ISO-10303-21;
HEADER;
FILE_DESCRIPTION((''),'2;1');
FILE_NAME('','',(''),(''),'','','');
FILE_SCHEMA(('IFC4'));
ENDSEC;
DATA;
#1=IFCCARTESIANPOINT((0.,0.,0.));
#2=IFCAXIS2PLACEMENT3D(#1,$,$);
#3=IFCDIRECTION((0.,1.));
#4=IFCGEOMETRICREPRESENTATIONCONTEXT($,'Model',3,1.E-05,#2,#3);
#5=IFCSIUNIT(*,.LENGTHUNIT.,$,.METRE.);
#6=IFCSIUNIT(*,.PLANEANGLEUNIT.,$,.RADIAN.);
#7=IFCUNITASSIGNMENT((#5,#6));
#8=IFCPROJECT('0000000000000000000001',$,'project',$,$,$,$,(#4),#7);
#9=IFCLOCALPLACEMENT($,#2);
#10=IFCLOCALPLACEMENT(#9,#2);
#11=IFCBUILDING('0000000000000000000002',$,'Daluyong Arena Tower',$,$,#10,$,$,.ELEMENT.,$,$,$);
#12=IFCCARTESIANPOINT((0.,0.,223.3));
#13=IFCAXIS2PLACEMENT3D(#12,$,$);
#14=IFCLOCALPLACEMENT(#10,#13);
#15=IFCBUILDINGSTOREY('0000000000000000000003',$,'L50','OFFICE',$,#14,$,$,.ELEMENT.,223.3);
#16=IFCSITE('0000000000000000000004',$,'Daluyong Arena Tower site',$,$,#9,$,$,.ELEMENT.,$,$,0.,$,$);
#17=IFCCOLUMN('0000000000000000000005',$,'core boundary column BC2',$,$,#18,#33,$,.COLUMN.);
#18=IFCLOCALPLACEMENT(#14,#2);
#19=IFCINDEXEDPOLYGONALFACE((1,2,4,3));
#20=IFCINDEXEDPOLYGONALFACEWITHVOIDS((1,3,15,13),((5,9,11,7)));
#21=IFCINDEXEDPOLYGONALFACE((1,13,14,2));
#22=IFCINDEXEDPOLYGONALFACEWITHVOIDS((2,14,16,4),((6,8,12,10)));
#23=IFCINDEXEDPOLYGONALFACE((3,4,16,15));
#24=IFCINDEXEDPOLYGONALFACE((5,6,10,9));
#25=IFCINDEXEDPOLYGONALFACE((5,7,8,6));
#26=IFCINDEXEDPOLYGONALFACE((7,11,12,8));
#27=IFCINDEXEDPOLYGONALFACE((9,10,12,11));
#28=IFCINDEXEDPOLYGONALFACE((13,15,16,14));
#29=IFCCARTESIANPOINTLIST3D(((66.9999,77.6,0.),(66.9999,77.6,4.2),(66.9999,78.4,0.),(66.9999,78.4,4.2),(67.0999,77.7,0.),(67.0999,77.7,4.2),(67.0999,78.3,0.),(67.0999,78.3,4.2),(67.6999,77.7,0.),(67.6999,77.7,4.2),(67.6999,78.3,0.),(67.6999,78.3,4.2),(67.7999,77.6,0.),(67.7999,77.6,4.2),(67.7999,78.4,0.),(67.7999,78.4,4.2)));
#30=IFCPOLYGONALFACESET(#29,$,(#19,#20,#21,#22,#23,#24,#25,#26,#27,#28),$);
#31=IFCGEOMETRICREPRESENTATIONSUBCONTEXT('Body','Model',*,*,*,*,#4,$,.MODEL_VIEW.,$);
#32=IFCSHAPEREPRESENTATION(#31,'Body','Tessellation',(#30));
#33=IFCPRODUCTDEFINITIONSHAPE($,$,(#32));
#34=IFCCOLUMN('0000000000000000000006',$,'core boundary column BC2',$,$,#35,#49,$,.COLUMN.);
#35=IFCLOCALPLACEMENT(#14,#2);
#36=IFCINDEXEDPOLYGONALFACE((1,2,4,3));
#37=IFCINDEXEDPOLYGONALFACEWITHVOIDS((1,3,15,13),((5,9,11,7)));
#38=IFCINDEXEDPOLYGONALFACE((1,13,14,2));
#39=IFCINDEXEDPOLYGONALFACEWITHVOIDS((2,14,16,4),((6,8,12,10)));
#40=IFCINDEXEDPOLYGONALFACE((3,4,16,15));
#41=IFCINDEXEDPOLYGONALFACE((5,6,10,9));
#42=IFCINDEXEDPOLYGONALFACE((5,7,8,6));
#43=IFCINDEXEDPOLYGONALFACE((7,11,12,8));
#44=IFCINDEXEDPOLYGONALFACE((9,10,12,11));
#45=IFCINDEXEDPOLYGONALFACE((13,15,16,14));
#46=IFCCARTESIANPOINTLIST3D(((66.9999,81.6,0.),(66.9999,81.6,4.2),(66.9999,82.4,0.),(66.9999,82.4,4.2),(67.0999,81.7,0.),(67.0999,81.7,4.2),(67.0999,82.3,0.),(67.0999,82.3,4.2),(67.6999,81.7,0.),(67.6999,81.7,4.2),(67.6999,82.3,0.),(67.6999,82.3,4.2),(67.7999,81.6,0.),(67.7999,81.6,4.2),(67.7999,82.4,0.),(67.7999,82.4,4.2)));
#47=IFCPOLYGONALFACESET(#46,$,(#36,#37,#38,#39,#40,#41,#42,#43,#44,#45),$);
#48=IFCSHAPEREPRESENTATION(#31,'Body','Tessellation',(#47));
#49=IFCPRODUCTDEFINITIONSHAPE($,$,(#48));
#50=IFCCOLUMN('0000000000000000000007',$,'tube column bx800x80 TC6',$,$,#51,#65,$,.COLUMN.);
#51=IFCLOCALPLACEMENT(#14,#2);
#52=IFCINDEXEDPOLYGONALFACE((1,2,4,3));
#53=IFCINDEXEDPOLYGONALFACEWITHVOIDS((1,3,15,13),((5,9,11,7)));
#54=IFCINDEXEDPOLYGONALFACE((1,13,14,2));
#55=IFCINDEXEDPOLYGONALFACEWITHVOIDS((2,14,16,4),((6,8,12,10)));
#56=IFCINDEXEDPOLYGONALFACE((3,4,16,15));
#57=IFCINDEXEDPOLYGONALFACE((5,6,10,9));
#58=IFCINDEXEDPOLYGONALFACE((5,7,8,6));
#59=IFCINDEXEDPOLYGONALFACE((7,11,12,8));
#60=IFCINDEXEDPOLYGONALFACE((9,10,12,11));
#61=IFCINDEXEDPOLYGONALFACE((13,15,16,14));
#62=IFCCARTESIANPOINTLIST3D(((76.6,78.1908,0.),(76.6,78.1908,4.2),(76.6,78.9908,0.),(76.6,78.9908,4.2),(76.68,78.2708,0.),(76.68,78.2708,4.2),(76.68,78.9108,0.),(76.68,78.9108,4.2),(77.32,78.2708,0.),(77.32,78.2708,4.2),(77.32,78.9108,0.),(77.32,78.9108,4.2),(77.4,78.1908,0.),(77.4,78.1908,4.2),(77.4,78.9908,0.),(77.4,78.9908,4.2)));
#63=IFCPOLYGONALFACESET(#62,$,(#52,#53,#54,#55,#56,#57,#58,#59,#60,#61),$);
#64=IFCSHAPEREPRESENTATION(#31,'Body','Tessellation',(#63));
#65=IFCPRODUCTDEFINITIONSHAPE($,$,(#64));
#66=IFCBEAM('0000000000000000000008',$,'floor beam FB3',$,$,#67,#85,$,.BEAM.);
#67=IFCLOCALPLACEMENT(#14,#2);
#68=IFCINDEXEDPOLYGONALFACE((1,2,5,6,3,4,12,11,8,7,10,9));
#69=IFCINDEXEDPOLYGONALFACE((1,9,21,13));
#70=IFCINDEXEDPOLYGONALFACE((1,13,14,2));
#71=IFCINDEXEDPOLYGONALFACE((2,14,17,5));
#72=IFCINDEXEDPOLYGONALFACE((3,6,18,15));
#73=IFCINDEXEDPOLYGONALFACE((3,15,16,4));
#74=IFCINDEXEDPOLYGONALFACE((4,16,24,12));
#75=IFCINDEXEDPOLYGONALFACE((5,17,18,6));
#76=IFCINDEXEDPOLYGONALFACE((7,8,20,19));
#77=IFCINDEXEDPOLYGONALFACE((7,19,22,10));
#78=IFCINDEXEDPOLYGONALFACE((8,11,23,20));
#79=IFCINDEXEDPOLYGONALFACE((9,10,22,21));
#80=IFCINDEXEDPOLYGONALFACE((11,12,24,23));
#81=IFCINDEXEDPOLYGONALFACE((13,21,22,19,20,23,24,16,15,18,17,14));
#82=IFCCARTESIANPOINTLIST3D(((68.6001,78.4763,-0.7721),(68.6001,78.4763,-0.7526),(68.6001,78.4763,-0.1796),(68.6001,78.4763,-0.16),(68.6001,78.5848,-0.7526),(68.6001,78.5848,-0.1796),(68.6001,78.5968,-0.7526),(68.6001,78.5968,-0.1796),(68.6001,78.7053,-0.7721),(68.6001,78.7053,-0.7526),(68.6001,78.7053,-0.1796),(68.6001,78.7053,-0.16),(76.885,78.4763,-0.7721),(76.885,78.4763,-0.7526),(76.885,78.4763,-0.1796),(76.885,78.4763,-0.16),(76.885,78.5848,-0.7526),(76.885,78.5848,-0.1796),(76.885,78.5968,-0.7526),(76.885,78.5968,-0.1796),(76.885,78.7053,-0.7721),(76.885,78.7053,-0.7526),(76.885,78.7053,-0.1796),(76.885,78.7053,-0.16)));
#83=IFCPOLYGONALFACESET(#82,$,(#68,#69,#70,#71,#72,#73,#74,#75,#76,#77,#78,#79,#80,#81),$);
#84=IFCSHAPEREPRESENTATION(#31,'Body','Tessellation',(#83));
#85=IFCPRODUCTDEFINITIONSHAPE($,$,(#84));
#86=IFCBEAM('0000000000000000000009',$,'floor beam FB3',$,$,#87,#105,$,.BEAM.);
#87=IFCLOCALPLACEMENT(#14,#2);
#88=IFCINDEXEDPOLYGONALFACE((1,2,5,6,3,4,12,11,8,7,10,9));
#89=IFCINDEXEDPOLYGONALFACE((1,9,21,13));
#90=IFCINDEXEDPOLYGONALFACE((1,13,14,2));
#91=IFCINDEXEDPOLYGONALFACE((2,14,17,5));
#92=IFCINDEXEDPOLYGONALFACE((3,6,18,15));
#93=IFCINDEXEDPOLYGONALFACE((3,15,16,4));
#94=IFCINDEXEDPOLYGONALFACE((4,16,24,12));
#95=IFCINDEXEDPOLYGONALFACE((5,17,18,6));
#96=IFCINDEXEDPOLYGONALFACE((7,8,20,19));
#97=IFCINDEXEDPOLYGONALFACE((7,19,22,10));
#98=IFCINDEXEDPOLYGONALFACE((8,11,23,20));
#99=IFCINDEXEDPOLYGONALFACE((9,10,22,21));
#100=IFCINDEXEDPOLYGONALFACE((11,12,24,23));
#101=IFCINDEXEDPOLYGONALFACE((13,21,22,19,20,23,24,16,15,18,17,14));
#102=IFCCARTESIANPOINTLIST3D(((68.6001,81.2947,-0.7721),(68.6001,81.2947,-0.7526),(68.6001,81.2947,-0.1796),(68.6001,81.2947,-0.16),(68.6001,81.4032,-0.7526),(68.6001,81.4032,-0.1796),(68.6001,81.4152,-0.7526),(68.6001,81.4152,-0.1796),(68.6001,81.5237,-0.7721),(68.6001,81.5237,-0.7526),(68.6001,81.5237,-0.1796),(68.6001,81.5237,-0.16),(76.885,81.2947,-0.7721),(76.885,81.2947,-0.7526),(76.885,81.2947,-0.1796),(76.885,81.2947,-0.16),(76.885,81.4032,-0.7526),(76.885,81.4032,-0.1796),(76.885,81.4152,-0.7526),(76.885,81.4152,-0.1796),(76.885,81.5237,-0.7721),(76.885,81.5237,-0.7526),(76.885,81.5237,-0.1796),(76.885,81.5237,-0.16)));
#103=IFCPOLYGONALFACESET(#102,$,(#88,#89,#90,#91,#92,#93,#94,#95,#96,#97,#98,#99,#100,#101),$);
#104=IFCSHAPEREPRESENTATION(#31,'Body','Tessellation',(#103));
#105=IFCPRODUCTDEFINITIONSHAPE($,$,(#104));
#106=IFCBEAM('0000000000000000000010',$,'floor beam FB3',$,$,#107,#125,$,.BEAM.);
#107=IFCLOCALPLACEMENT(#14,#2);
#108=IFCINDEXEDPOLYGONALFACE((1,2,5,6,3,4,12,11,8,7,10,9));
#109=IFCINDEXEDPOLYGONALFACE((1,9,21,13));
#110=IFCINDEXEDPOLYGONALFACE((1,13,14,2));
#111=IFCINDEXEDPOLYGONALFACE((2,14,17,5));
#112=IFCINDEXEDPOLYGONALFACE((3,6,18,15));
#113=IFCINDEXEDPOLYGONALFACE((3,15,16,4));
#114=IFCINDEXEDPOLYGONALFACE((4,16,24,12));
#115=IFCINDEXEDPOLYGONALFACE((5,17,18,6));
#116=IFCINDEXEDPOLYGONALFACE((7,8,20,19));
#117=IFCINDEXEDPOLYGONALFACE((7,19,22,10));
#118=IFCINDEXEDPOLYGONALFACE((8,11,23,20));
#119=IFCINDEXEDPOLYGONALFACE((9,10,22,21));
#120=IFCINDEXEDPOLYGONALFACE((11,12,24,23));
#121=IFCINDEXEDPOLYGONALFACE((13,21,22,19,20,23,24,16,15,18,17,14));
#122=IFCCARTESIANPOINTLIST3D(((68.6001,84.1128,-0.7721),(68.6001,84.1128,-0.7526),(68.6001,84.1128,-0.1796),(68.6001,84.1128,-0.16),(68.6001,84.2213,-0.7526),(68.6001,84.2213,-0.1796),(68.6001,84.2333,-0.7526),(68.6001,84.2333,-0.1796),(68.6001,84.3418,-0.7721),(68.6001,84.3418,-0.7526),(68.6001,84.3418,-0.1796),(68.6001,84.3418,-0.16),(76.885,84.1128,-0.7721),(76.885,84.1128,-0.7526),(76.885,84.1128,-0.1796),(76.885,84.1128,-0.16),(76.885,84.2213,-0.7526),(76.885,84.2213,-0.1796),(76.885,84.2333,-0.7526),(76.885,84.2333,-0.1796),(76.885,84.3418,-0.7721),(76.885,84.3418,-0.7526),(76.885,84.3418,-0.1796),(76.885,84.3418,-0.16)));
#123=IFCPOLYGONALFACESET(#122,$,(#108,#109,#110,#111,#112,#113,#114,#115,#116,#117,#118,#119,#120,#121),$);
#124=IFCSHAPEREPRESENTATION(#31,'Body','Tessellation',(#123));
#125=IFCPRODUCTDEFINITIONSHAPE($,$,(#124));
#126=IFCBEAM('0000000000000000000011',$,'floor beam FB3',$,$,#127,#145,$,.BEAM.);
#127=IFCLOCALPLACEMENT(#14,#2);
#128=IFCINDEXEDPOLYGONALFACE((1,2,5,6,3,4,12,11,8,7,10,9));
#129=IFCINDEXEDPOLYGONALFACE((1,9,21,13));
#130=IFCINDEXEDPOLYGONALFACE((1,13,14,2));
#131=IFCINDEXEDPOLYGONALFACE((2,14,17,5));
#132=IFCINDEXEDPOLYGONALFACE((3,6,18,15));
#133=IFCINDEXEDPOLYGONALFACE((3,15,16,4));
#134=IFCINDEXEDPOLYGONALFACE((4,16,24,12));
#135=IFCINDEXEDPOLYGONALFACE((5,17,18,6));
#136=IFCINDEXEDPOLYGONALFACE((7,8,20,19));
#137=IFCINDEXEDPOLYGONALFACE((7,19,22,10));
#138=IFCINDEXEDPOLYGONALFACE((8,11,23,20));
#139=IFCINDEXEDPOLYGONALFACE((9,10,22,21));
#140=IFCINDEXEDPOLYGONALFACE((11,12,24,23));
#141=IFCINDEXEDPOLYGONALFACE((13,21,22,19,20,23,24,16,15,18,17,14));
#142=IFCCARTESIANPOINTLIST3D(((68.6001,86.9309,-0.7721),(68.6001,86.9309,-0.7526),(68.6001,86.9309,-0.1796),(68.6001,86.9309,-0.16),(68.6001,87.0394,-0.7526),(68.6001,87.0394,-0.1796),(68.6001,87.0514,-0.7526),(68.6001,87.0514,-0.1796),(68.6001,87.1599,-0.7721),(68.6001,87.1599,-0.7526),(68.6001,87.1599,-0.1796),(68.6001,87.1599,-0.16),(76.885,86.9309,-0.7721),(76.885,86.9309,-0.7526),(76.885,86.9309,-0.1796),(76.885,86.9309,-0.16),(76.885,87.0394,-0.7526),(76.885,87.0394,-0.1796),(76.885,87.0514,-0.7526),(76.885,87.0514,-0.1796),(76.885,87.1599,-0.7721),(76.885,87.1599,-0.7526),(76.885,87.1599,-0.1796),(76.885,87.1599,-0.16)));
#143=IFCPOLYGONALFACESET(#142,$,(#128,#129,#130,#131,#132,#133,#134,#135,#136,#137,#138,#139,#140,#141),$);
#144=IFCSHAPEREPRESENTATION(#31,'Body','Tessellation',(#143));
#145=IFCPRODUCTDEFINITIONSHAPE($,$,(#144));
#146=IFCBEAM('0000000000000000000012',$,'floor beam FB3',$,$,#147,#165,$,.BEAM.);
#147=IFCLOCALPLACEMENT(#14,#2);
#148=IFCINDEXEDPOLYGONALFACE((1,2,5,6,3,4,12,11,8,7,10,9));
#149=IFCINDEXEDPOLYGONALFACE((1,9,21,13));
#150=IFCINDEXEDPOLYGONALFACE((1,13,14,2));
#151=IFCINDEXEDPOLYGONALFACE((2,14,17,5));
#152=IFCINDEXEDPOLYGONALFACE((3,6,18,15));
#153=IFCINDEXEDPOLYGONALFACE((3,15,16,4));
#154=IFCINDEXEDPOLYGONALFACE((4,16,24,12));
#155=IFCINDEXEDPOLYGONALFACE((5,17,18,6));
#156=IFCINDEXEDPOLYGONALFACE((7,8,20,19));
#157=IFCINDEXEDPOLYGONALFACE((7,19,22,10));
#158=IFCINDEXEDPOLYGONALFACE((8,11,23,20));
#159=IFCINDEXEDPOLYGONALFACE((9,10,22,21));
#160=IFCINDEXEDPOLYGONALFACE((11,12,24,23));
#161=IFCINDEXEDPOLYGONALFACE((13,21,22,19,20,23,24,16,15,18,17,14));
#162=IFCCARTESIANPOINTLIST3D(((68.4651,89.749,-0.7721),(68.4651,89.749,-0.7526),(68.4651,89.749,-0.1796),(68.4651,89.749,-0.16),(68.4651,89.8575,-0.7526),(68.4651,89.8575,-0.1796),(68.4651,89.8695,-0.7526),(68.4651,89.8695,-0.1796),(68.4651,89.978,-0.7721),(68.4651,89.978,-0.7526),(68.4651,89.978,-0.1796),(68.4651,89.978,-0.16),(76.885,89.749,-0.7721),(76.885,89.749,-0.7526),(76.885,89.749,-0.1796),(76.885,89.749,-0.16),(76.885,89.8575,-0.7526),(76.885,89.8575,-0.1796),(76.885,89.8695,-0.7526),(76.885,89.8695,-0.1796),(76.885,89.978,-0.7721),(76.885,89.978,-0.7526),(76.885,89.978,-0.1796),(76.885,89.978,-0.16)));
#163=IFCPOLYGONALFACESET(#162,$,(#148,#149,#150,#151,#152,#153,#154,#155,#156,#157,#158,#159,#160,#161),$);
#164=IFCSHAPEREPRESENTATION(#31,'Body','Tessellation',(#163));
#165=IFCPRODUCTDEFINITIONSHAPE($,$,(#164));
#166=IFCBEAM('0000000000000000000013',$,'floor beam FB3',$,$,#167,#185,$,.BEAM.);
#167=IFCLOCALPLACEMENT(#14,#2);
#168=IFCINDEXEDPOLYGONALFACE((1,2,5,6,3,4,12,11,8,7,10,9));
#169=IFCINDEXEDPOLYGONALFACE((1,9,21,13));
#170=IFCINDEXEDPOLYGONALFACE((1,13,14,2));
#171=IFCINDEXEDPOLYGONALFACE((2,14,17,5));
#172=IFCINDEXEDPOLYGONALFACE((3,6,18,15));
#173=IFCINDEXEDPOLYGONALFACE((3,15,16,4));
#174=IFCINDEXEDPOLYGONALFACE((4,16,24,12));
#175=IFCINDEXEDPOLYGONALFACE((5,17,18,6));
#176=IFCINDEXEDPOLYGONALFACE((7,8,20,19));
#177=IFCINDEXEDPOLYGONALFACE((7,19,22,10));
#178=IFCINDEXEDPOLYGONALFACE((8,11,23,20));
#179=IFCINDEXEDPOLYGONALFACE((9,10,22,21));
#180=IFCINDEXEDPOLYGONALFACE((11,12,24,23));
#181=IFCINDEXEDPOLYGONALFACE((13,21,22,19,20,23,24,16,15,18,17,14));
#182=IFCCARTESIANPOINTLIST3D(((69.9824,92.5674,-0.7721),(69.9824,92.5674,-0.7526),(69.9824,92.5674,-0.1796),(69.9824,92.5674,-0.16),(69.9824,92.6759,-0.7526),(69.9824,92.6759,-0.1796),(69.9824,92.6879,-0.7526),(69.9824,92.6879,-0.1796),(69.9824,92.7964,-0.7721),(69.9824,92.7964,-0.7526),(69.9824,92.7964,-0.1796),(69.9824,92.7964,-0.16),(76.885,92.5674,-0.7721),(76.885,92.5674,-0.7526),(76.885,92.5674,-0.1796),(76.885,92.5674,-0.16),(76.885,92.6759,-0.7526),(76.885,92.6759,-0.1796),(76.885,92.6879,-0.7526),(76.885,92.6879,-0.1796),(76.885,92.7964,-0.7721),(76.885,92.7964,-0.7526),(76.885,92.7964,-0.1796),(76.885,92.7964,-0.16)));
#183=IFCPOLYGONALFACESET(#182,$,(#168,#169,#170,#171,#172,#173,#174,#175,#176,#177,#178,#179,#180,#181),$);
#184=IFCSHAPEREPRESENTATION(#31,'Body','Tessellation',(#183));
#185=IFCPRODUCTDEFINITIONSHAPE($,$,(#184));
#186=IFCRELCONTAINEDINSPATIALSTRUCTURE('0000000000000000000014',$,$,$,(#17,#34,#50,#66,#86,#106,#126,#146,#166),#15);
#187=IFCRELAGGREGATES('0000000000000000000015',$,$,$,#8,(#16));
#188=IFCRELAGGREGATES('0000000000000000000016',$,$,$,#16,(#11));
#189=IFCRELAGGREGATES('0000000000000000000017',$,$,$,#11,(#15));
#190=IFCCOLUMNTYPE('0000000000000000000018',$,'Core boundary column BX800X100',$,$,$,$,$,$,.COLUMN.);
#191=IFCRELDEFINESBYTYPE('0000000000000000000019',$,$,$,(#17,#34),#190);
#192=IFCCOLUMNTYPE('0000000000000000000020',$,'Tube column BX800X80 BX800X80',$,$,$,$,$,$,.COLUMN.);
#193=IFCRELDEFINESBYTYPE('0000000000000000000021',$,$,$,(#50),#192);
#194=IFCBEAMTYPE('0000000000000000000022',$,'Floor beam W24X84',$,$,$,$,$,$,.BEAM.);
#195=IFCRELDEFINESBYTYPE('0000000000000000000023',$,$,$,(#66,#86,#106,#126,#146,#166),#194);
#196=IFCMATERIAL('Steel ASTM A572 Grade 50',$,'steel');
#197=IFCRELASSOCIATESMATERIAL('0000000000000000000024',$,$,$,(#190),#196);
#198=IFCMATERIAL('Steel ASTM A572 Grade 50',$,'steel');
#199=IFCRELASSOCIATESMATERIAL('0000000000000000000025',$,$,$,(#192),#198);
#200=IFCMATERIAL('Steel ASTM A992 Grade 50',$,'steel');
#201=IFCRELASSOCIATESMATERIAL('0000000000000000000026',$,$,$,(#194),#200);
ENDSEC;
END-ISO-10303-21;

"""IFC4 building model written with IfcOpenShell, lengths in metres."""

from ifc_helpers import new_model, si_unit, direction, frame, origin, origin_2d, place, context, subcontext, project, spatial, hollow_rectangle, i_section, extrude, material, material_profile, profile_set, type_object, element, save


model = new_model("IFC4")

# Units and contexts
model_context = context("Model", 3, precision=1e-05, world=origin(), true_north=direction((0.0, 1.0)))
body_context = subcontext(model_context, "Body", "Model", "MODEL_VIEW")
ifc_project = project(units=[si_unit("LENGTHUNIT", "METRE"), si_unit("PLANEANGLEUNIT", "RADIAN")], contexts=[model_context])

# Site, building, storey
site_placement = place(None, origin())
site = spatial("IfcSite", under=ifc_project, at=site_placement, Name="Daluyong Arena Tower site", CompositionType="ELEMENT", RefElevation=0.0)
building_placement = place(site_placement, origin())
building = spatial("IfcBuilding", under=site, at=building_placement, Name="Daluyong Arena Tower", CompositionType="ELEMENT")
storey_placement = place(building_placement, frame((0.0, 0.0, 223.3)))
storey = spatial("IfcBuildingStorey", under=building, at=storey_placement, Name="L50", Description="OFFICE", CompositionType="ELEMENT", Elevation=223.3)

# Columns
ifc_material_1 = material(Name="Steel ASTM A572 Grade 50", Category="steel")
ifc_material_profile_1 = material_profile(ifc_material_1, hollow_rectangle(XDim=0.8, YDim=0.8, WallThickness=0.1, at=origin_2d()))
ifc_profile_set_1 = profile_set([ifc_material_profile_1], Name="Steel ASTM A572 Grade 50")
column_type_1 = type_object("IfcColumnType", Name="Core boundary column BX800X100", PredefinedType="COLUMN", material=ifc_profile_set_1)
for number, where, z_axis, x_axis, name in (
    (1, (67.3999, 78.0, 0.0), (0.0, 0.0, 1.0), (1.0, 0.0, 0.0), "core boundary column BC2"),
    (2, (67.3999, 82.0, 0.0), (0.0, 0.0, 1.0), (1.0, 0.0, 0.0), "core boundary column BC2"),
):
    element("IfcColumn", number, at=place(storey_placement, frame(where, z_axis=z_axis, x_axis=x_axis)), inside=storey, type_object=column_type_1, Name=name, PredefinedType="COLUMN", context=body_context, shape_type="SweptSolid", body=[
        extrude(hollow_rectangle(XDim=0.8, YDim=0.8, WallThickness=0.1, at=origin_2d()), origin(), (0.0, 0.0, 1.0), 4.2),
    ])
ifc_material_2 = material(Name="Steel ASTM A572 Grade 50", Category="steel")
ifc_material_profile_2 = material_profile(ifc_material_2, hollow_rectangle(XDim=0.8, YDim=0.8, WallThickness=0.08, at=origin_2d()))
ifc_profile_set_2 = profile_set([ifc_material_profile_2], Name="Steel ASTM A572 Grade 50")
column_type_2 = type_object("IfcColumnType", Name="Tube column BX800X80 BX800X80", PredefinedType="COLUMN", material=ifc_profile_set_2)
column_placement = place(storey_placement, frame((77.0, 78.5908, 0.0), z_axis=(0.0, 0.0, 1.0), x_axis=(0.0, 1.0, 0.0)))
element("IfcColumn", 3, at=column_placement, inside=storey, type_object=column_type_2, Name="tube column bx800x80 TC6", PredefinedType="COLUMN", context=body_context, shape_type="SweptSolid", body=[
    extrude(hollow_rectangle(XDim=0.8, YDim=0.8, WallThickness=0.08, at=origin_2d()), origin(), (0.0, 0.0, 1.0), 4.2),
])

# Beams
ifc_material_3 = material(Name="Steel ASTM A992 Grade 50", Category="steel")
ifc_material_profile_3 = material_profile(ifc_material_3, i_section(OverallWidth=0.229, OverallDepth=0.6121, WebThickness=0.012, FlangeThickness=0.0195, at=origin_2d()))
ifc_profile_set_3 = profile_set([ifc_material_profile_3], Name="Steel ASTM A992 Grade 50")
beam_type_1 = type_object("IfcBeamType", Name="Floor beam W24X84", PredefinedType="BEAM", material=ifc_profile_set_3)
for number, where, z_axis, x_axis, name in (
    (4, (76.885, 78.5908, -0.4661), (-1.0, 0.0, 0.0), (0.0, -1.0, 0.0), "floor beam FB3"),
    (5, (76.885, 81.4092, -0.4661), (-1.0, 0.0, 0.0), (0.0, -1.0, 0.0), "floor beam FB3"),
    (6, (76.885, 84.2273, -0.4661), (-1.0, 0.0, 0.0), (0.0, -1.0, 0.0), "floor beam FB3"),
    (7, (76.885, 87.0454, -0.4661), (-1.0, 0.0, 0.0), (0.0, -1.0, 0.0), "floor beam FB3"),
):
    element("IfcBeam", number, at=place(storey_placement, frame(where, z_axis=z_axis, x_axis=x_axis)), inside=storey, type_object=beam_type_1, Name=name, PredefinedType="BEAM", context=body_context, shape_type="SweptSolid", body=[
        extrude(i_section(OverallWidth=0.229, OverallDepth=0.6121, WebThickness=0.012, FlangeThickness=0.0195, at=origin_2d()), origin(), (0.0, 0.0, 1.0), 8.2849),
    ])
beam_1_placement = place(storey_placement, frame((76.885, 89.8635, -0.4661), z_axis=(-1.0, 0.0, 0.0), x_axis=(0.0, -1.0, 0.0)))
element("IfcBeam", 8, at=beam_1_placement, inside=storey, type_object=beam_type_1, Name="floor beam FB3", PredefinedType="BEAM", context=body_context, shape_type="SweptSolid", body=[
    extrude(i_section(OverallWidth=0.229, OverallDepth=0.6121, WebThickness=0.012, FlangeThickness=0.0195, at=origin_2d()), origin(), (0.0, 0.0, 1.0), 8.4199),
])
beam_2_placement = place(storey_placement, frame((76.885, 92.6819, -0.4661), z_axis=(-1.0, 0.0, 0.0), x_axis=(0.0, -1.0, 0.0)))
element("IfcBeam", 9, at=beam_2_placement, inside=storey, type_object=beam_type_1, Name="floor beam FB3", PredefinedType="BEAM", context=body_context, shape_type="SweptSolid", body=[
    extrude(i_section(OverallWidth=0.229, OverallDepth=0.6121, WebThickness=0.012, FlangeThickness=0.0195, at=origin_2d()), origin(), (0.0, 0.0, 1.0), 6.9026),
])

save(model, "model.ifc")
